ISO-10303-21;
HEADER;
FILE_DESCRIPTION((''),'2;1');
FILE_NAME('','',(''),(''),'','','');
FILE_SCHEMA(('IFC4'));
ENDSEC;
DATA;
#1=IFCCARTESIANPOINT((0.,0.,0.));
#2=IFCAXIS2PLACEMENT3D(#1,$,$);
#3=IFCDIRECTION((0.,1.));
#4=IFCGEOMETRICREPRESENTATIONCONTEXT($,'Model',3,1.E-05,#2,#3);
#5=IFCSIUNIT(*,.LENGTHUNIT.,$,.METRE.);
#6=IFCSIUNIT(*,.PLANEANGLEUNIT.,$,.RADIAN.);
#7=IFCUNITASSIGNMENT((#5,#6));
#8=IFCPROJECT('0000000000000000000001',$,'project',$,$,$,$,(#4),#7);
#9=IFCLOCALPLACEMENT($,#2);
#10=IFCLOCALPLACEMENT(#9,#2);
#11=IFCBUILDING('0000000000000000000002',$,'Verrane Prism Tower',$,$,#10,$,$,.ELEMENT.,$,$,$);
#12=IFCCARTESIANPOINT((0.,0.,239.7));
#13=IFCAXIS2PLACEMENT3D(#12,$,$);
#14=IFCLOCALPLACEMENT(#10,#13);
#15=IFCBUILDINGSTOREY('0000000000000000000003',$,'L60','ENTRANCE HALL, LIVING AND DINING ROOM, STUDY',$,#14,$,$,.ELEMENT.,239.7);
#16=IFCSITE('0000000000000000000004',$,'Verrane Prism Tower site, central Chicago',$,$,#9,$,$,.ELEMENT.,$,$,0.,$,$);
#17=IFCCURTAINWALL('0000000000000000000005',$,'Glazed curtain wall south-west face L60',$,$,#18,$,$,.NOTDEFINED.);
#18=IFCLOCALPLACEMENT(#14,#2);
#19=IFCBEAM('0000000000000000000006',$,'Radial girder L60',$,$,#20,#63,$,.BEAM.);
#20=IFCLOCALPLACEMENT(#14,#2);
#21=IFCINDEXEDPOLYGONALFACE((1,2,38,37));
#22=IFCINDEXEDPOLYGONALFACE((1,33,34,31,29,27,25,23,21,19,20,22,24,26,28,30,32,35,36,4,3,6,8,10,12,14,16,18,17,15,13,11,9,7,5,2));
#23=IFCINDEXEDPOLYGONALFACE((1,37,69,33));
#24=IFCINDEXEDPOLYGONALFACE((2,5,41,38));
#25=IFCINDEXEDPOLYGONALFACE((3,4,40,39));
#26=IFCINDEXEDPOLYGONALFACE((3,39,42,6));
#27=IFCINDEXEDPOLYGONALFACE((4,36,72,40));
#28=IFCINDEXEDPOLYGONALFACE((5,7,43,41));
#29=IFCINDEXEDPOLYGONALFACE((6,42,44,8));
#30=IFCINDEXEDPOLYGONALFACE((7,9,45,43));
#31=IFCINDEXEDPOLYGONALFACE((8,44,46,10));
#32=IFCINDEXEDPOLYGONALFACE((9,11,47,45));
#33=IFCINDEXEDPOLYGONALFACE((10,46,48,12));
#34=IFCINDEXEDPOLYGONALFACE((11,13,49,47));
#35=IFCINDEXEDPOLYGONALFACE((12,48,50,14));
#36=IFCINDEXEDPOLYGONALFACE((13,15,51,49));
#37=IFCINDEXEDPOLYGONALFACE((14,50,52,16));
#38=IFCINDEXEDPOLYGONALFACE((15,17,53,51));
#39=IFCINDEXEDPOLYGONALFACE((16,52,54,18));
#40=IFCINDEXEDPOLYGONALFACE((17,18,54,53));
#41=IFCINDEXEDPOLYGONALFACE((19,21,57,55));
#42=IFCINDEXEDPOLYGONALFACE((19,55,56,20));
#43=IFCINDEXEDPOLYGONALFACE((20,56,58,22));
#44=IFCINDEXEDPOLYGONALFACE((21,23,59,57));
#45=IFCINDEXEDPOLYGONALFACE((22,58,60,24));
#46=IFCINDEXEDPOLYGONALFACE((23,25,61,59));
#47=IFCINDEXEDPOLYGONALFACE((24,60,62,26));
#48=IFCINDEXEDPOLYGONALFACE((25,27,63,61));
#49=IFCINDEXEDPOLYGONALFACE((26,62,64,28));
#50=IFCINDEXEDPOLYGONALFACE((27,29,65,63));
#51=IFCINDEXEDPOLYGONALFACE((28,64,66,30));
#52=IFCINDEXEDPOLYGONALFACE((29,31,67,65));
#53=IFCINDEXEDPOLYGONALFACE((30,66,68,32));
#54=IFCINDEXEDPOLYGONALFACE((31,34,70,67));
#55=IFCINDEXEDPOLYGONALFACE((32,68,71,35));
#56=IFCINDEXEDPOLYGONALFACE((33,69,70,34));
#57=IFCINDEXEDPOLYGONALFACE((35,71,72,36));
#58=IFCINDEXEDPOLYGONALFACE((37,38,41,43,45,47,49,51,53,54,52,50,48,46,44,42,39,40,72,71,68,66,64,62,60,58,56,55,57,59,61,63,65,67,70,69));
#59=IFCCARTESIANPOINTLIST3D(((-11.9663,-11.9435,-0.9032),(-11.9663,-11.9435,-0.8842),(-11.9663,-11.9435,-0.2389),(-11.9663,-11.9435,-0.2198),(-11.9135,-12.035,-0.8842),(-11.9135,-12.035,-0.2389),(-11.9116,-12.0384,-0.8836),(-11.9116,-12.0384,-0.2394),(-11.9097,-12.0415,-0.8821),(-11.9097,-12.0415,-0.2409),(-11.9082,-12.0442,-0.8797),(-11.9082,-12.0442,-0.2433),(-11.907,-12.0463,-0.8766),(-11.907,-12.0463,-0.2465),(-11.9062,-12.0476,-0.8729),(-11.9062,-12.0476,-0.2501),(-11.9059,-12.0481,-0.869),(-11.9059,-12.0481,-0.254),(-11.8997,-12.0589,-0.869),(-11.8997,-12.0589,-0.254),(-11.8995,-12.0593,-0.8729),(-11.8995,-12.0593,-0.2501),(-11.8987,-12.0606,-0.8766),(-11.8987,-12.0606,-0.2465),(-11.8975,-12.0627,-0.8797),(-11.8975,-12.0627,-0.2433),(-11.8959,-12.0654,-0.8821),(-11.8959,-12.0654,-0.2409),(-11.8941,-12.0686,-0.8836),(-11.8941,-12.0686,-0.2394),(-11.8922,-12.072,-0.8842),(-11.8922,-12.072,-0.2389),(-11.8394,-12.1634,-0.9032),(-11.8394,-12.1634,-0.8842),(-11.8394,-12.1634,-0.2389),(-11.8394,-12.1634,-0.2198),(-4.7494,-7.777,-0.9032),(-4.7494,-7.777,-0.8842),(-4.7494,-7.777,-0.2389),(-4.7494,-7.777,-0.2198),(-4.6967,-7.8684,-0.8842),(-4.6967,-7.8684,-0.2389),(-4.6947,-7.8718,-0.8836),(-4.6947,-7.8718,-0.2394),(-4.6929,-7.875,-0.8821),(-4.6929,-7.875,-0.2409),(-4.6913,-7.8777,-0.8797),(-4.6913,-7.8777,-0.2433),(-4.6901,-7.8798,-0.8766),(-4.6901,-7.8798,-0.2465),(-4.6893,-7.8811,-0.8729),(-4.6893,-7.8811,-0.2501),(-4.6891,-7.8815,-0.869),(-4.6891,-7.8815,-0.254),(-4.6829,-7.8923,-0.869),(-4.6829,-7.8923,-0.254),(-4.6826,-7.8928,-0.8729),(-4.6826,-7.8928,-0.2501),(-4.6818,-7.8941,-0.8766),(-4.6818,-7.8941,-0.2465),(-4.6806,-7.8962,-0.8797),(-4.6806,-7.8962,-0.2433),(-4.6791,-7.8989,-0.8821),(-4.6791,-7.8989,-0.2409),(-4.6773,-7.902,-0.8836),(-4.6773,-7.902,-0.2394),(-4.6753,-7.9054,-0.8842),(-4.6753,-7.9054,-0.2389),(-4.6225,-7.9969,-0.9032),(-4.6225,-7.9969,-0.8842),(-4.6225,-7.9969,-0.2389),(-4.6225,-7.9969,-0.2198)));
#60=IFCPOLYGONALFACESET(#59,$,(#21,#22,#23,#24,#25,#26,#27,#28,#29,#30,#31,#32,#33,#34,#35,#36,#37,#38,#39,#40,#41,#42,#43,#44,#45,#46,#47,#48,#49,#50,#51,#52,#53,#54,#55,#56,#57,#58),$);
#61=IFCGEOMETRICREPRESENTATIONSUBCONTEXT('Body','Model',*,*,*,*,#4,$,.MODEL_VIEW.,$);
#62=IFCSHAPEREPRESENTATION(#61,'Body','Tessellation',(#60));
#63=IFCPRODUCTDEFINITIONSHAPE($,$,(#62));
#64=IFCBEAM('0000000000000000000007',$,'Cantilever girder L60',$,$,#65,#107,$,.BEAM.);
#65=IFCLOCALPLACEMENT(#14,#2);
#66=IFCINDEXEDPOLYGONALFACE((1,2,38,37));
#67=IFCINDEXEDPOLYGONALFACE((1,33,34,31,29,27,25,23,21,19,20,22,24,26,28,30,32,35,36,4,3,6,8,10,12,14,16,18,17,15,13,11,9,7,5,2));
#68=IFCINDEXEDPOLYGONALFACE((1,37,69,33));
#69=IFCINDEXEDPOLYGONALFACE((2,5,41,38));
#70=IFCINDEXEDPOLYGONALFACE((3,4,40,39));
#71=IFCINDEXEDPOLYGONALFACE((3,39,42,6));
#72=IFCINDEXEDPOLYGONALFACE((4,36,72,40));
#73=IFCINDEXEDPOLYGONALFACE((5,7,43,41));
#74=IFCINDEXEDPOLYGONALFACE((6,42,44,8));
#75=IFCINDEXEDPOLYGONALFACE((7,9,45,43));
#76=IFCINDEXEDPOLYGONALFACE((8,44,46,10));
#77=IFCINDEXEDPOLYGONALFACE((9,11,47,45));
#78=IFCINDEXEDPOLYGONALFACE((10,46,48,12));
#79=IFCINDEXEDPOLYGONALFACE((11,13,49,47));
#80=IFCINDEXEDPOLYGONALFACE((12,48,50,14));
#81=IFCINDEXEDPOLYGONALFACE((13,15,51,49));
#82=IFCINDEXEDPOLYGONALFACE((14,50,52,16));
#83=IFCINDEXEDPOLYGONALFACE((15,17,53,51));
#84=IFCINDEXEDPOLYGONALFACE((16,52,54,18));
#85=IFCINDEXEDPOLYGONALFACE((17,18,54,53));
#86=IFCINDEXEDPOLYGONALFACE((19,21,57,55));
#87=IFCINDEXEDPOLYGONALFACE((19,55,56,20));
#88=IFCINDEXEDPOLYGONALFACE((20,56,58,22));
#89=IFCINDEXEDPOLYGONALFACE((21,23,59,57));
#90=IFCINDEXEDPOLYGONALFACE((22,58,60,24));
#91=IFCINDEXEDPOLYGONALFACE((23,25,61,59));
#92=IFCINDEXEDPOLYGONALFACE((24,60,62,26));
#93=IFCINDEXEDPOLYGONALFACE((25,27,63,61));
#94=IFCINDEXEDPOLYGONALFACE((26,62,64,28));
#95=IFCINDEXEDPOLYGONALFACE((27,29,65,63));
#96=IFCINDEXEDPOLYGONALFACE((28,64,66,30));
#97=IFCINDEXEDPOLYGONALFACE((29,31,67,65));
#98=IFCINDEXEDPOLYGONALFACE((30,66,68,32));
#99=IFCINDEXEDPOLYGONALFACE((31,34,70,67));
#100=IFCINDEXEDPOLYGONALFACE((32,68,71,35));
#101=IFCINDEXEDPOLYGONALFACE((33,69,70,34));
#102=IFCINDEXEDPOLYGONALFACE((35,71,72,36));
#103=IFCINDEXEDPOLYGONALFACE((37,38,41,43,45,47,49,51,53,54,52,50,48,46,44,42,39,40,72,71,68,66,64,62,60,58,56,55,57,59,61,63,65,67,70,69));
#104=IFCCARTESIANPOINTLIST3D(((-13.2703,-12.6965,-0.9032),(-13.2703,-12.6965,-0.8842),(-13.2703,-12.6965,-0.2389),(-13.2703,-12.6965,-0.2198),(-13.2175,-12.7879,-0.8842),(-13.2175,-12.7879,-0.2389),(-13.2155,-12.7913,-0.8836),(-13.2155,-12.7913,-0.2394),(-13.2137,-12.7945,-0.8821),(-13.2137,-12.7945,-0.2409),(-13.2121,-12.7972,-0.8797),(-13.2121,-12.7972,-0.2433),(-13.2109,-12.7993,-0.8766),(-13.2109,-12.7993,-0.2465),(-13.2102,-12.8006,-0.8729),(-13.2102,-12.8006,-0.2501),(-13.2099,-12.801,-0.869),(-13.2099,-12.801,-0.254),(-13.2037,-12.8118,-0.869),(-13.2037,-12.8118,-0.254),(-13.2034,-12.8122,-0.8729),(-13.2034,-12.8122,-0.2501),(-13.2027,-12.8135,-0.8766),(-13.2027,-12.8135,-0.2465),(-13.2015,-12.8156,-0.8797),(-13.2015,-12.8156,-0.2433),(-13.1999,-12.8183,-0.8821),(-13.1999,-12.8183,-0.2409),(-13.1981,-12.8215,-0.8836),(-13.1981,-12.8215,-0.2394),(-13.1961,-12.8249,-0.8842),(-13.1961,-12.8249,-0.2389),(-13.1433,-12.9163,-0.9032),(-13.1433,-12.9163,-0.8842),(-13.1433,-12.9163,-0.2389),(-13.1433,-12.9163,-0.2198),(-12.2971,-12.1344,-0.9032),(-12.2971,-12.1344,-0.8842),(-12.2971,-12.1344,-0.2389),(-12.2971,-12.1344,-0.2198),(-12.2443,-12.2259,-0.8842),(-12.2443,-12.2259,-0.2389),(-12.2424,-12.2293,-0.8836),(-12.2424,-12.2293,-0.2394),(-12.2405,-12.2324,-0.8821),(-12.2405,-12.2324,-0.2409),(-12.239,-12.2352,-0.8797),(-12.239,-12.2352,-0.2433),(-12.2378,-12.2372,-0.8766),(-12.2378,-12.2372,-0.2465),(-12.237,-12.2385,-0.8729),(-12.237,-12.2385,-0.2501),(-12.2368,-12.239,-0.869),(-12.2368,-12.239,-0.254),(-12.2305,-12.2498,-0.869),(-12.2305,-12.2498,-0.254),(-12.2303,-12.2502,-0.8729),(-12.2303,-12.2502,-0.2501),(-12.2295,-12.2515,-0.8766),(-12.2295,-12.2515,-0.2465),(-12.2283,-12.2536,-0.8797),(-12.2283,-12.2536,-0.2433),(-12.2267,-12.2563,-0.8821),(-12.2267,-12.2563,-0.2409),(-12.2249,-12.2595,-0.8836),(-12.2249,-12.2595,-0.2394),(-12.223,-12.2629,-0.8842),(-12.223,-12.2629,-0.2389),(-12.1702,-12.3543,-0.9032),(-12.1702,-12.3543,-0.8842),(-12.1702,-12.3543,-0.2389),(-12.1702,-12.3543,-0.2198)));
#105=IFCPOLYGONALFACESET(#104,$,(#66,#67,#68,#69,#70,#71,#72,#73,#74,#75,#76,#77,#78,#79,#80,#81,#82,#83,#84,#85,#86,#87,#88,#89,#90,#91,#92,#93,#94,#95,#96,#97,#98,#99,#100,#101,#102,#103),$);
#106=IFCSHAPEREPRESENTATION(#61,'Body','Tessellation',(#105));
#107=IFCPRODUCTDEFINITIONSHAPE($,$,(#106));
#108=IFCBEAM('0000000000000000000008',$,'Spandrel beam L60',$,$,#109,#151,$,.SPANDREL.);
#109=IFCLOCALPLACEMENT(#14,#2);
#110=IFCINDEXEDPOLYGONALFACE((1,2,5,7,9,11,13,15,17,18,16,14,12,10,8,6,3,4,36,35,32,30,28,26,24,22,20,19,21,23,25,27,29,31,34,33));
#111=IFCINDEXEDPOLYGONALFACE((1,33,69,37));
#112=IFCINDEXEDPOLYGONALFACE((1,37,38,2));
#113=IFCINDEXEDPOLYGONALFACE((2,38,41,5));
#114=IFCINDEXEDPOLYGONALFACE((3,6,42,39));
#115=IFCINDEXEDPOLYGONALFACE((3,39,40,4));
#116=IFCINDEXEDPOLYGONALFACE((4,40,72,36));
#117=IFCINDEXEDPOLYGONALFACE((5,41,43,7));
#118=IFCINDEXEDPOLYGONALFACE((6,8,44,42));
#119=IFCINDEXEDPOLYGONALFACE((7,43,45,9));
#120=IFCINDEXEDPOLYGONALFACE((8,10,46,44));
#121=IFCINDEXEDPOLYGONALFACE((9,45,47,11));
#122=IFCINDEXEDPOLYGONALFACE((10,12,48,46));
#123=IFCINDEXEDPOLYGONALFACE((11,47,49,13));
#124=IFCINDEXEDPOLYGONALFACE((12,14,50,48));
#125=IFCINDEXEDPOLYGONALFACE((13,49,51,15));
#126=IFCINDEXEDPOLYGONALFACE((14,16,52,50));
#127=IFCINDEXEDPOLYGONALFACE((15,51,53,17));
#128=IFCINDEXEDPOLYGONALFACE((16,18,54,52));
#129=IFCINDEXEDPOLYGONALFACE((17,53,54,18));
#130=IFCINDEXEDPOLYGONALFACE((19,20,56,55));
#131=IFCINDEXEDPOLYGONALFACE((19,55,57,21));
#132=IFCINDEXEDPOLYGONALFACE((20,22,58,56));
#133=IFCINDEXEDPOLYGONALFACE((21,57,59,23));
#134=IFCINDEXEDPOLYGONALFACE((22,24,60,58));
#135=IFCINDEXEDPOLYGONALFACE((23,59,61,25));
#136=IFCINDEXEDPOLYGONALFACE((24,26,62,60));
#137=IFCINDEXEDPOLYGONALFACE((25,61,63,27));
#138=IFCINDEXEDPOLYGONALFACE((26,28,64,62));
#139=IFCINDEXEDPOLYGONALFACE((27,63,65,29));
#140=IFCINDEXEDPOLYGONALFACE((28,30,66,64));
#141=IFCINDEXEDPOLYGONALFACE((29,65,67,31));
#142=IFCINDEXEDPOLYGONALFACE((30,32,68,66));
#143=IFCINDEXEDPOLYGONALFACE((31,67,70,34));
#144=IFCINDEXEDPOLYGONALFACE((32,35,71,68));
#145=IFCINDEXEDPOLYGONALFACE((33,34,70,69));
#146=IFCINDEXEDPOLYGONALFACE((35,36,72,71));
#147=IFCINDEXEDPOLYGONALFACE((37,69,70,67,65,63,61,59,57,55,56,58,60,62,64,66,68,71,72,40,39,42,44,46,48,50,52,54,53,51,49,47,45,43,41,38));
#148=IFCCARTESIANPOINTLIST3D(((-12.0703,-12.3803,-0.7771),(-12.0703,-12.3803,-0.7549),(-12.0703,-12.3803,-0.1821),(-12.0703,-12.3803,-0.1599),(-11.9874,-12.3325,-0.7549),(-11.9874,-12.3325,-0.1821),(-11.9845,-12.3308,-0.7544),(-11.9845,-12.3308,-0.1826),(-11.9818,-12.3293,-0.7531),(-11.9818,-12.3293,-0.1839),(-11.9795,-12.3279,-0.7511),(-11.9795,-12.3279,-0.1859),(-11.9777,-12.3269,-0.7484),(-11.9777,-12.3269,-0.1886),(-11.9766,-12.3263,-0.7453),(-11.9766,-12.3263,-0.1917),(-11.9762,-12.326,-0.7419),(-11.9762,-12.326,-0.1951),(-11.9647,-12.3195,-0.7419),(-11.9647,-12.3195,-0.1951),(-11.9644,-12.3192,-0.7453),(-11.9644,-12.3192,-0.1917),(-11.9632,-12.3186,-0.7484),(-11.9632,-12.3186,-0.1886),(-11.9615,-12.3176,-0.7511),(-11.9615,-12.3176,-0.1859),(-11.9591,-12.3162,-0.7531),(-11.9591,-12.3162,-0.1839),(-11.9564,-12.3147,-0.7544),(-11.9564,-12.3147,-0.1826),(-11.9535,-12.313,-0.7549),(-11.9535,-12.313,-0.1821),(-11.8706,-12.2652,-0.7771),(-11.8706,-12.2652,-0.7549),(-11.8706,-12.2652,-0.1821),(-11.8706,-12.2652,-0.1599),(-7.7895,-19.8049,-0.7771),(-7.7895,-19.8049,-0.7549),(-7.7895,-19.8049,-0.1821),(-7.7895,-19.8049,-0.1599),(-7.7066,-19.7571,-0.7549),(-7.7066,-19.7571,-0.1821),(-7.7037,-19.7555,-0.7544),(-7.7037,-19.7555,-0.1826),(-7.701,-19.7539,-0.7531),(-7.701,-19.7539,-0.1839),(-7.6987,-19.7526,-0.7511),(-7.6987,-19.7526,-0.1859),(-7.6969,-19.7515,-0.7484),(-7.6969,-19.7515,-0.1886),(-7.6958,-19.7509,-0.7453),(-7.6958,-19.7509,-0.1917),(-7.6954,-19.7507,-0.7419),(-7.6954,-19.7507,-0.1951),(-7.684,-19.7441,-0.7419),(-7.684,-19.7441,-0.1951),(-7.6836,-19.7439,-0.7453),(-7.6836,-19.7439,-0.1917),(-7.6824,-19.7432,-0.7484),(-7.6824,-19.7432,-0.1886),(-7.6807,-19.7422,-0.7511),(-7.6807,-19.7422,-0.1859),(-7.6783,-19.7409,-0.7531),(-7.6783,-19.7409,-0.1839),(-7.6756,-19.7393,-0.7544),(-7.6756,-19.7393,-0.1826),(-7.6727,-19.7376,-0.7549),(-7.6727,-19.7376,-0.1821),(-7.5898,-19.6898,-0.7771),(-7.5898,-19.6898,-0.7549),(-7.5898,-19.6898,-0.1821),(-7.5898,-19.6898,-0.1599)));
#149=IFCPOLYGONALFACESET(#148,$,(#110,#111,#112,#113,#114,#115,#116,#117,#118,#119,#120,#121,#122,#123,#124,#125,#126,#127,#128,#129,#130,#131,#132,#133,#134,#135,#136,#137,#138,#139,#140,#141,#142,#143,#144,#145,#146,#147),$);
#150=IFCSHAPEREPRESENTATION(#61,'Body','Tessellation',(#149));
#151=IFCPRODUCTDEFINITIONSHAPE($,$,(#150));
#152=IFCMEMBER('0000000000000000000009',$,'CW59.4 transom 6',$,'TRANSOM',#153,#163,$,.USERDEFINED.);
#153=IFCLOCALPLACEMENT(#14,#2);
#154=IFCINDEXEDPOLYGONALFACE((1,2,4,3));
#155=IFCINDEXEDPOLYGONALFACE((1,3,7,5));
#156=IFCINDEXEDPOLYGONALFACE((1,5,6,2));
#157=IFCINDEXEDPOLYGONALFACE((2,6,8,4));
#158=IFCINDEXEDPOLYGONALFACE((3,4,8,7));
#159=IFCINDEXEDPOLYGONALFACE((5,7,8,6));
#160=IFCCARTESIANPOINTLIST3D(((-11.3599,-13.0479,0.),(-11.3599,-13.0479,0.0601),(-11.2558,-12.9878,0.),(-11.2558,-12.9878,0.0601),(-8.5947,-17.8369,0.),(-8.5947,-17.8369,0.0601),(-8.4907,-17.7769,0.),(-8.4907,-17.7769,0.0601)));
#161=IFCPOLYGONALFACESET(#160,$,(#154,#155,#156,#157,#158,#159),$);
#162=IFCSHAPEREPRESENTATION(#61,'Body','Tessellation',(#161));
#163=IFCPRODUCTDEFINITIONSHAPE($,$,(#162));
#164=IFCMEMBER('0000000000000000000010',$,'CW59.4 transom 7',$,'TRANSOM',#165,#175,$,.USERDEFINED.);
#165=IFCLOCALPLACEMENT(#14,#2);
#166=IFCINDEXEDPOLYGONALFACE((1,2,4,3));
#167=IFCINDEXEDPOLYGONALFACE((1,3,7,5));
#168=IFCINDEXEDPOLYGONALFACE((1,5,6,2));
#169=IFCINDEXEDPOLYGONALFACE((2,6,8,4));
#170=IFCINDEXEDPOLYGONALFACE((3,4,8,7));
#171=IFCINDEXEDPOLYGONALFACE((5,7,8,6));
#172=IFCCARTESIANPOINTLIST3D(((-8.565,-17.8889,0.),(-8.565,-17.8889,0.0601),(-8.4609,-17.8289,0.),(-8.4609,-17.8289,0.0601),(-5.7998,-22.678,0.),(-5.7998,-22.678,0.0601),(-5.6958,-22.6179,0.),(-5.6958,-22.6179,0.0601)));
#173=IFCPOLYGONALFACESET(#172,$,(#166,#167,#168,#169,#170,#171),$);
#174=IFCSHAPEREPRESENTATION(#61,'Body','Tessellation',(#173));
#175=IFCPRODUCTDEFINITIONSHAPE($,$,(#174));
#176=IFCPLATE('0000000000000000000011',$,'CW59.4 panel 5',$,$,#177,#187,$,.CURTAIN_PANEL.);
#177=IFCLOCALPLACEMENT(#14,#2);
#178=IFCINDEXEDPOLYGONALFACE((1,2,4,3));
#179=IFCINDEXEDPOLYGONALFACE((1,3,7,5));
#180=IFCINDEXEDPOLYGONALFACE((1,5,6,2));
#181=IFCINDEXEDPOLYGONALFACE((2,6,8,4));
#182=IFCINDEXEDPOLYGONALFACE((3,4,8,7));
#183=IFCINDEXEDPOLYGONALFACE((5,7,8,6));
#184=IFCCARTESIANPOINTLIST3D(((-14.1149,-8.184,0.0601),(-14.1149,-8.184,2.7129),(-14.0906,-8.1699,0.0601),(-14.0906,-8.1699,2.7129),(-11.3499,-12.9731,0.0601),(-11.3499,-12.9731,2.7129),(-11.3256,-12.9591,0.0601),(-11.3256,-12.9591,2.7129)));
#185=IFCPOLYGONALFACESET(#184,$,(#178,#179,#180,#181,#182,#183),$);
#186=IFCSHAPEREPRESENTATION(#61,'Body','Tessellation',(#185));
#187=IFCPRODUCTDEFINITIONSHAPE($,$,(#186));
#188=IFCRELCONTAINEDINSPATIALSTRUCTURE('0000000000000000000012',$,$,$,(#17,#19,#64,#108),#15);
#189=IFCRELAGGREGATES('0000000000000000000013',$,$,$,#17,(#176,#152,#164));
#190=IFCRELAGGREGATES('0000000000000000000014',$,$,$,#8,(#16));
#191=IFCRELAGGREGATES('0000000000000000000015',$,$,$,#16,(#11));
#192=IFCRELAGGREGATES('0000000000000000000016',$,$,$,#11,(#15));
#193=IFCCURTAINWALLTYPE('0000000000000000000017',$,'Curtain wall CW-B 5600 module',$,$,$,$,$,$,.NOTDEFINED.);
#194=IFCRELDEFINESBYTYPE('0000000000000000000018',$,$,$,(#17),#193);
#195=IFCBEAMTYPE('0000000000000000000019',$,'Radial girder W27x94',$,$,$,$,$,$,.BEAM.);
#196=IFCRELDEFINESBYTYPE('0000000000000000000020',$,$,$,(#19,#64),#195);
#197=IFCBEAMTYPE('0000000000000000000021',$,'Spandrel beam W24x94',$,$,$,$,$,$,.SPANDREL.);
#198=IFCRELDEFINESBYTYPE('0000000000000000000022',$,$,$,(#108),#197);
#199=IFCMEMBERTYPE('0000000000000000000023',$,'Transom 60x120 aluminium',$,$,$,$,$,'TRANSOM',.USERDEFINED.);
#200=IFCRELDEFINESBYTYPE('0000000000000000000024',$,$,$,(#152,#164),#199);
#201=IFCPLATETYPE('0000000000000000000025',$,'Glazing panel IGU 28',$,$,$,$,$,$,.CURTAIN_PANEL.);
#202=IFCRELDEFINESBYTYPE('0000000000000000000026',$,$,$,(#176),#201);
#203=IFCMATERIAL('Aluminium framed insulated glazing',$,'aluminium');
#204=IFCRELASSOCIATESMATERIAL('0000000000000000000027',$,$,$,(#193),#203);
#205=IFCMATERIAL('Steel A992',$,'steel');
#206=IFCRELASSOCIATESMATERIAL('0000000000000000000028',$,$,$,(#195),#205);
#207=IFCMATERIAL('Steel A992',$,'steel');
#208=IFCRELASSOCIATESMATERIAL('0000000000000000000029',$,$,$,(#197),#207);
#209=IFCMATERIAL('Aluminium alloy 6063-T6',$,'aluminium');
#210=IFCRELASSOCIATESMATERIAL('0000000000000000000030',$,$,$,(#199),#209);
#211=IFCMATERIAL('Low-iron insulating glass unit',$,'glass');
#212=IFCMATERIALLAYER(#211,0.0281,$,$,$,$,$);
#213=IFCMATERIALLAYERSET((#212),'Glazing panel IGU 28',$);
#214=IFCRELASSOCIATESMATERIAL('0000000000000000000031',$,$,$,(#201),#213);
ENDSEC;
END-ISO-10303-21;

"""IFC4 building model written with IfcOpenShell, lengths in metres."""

from ifc_helpers import new_model, si_unit, direction, frame, origin, origin_2d, place, context, subcontext, project, spatial, rectangle, i_section, extrude, material, layer, layer_set, material_profile, profile_set, type_object, element, aggregate, save


model = new_model("IFC4")

# Units and contexts
model_context = context("Model", 3, precision=1e-05, world=origin(), true_north=direction((0.0, 1.0)))
body_context = subcontext(model_context, "Body", "Model", "MODEL_VIEW")
ifc_project = project(units=[si_unit("LENGTHUNIT", "METRE"), si_unit("PLANEANGLEUNIT", "RADIAN")], contexts=[model_context])

# Site, building, storey
site_placement = place(None, origin())
site = spatial("IfcSite", under=ifc_project, at=site_placement, Name="Verrane Prism Tower site, central Chicago", CompositionType="ELEMENT", RefElevation=0.0)
building_placement = place(site_placement, origin())
building = spatial("IfcBuilding", under=site, at=building_placement, Name="Verrane Prism Tower", CompositionType="ELEMENT")
storey_placement = place(building_placement, frame((0.0, 0.0, 239.7)))
storey = spatial("IfcBuildingStorey", under=building, at=storey_placement, Name="L60", Description="ENTRANCE HALL, LIVING AND DINING ROOM, STUDY", CompositionType="ELEMENT", Elevation=239.7)

# Curtain wall
ifc_material_1 = material(Name="Aluminium framed insulated glazing", Category="aluminium")
curtain_wall_type = type_object("IfcCurtainWallType", Name="Curtain wall CW-B 5600 module", PredefinedType="NOTDEFINED", material=ifc_material_1)
curtain_wall_placement = place(storey_placement, origin())
curtain_wall = element("IfcCurtainWall", 1, at=curtain_wall_placement, inside=storey, type_object=curtain_wall_type, Name="Glazed curtain wall south-west face L60", PredefinedType="NOTDEFINED")

# Beams
ifc_material_2 = material(Name="Steel A992", Category="steel")
ifc_material_profile_1 = material_profile(ifc_material_2, i_section(OverallWidth=0.2539, OverallDepth=0.6833, WebThickness=0.0125, FlangeThickness=0.019, FilletRadius=0.0151, at=origin_2d()), Name="W27x94")
ifc_profile_set_1 = profile_set([ifc_material_profile_1], Name="Steel A992")
beam_type_1 = type_object("IfcBeamType", Name="Radial girder W27x94", PredefinedType="BEAM", material=ifc_profile_set_1)
beam_1_placement = place(storey_placement, frame((-11.9028, -12.0535, -0.5615), z_axis=(0.866031, 0.49999, 0.0), x_axis=(-0.49999, 0.866031, 0.0)))
element("IfcBeam", 2, at=beam_1_placement, inside=storey, type_object=beam_type_1, Name="Radial girder L60", PredefinedType="BEAM", context=body_context, shape_type="SweptSolid", body=[
    extrude(i_section(OverallWidth=0.2539, OverallDepth=0.6833, WebThickness=0.0125, FlangeThickness=0.019, FilletRadius=0.0151, at=origin_2d()), origin(), (0.0, 0.0, 1.0), 8.3333),
])
beam_2_placement = place(storey_placement, frame((-12.2336, -12.2444, -0.5615), z_axis=(-0.865961, -0.500111, 0.0), x_axis=(0.500111, -0.865961, 0.0)))
element("IfcBeam", 3, at=beam_2_placement, inside=storey, type_object=beam_type_1, Name="Cantilever girder L60", PredefinedType="BEAM", context=body_context, shape_type="SweptSolid", body=[
    extrude(i_section(OverallWidth=0.2539, OverallDepth=0.6833, WebThickness=0.0125, FlangeThickness=0.019, FilletRadius=0.0151, at=origin_2d()), origin(), (0.0, 0.0, 1.0), 1.1238),
])
ifc_material_3 = material(Name="Steel A992", Category="steel")
ifc_material_profile_2 = material_profile(ifc_material_3, i_section(OverallWidth=0.2305, OverallDepth=0.6172, WebThickness=0.0132, FlangeThickness=0.0222, FilletRadius=0.0129, at=origin_2d()), Name="W24x94")
ifc_profile_set_2 = profile_set([ifc_material_profile_2], Name="Steel A992")
beam_type_2 = type_object("IfcBeamType", Name="Spandrel beam W24x94", PredefinedType="SPANDREL", material=ifc_profile_set_2)
beam_3_placement = place(storey_placement, frame((-11.9705, -12.3228, -0.4685), z_axis=(0.499491, -0.866319, 0.0), x_axis=(0.866319, 0.499491, 0.0)))
element("IfcBeam", 4, at=beam_3_placement, inside=storey, type_object=beam_type_2, Name="Spandrel beam L60", PredefinedType="SPANDREL", context=body_context, shape_type="SweptSolid", body=[
    extrude(i_section(OverallWidth=0.2305, OverallDepth=0.6172, WebThickness=0.0132, FlangeThickness=0.0222, FilletRadius=0.0129, at=origin_2d()), origin(), (0.0, 0.0, 1.0), 8.5703),
])

# Members
ifc_material_4 = material(Name="Aluminium alloy 6063-T6", Category="aluminium")
ifc_material_profile_3 = material_profile(ifc_material_4, rectangle(XDim=0.1201, YDim=0.0601, at=origin_2d()), Name="Transom 60x120 aluminium")
ifc_profile_set_3 = profile_set([ifc_material_profile_3], Name="Aluminium alloy 6063-T6")
member_type_1 = type_object("IfcMemberType", Name="Transom 60x120 aluminium", ElementType="TRANSOM", PredefinedType="USERDEFINED", material=ifc_profile_set_3)
member_1_placement = place(storey_placement, frame((-11.3079, -13.0178, 0.03), z_axis=(0.500023, -0.866012, 0.0), x_axis=(0.866012, 0.500023, 0.0)))
member_1 = element("IfcMember", 5, at=member_1_placement, type_object=member_type_1, Name="CW59.4 transom 6", ObjectType="TRANSOM", PredefinedType="USERDEFINED", context=body_context, shape_type="SweptSolid", body=[
    extrude(rectangle(XDim=0.1201, YDim=0.0601, at=origin_2d()), origin(), (0.0, 0.0, 1.0), 5.53),
])
member_2_placement = place(storey_placement, frame((-8.5129, -17.8589, 0.03), z_axis=(0.500023, -0.866012, 0.0), x_axis=(0.866012, 0.500023, 0.0)))
member_2 = element("IfcMember", 6, at=member_2_placement, type_object=member_type_1, Name="CW59.4 transom 7", ObjectType="TRANSOM", PredefinedType="USERDEFINED", context=body_context, shape_type="SweptSolid", body=[
    extrude(rectangle(XDim=0.1201, YDim=0.0601, at=origin_2d()), origin(), (0.0, 0.0, 1.0), 5.53),
])

# Plate
ifc_material_5 = material(Name="Low-iron insulating glass unit", Category="glass")
ifc_layer_1 = layer(ifc_material_5, 0.0281)
ifc_layer_set_1 = layer_set([ifc_layer_1], Name="Glazing panel IGU 28")
plate_type = type_object("IfcPlateType", Name="Glazing panel IGU 28", PredefinedType="CURTAIN_PANEL", material=ifc_layer_set_1)
plate_1_placement = place(storey_placement, frame((-12.7202, -10.5715, 0.0601), z_axis=(0.0, 0.0, 1.0), x_axis=(0.499999, -0.866026, 0.0)))
plate_1 = element("IfcPlate", 7, at=plate_1_placement, type_object=plate_type, Name="CW59.4 panel 5", PredefinedType="CURTAIN_PANEL", context=body_context, shape_type="SweptSolid", body=[
    extrude(rectangle(XDim=5.53, YDim=0.0281, at=origin_2d()), origin(), (0.0, 0.0, 1.0), 2.6528),
])
aggregate(curtain_wall, [plate_1, member_1, member_2])

save(model, "model.ifc")
